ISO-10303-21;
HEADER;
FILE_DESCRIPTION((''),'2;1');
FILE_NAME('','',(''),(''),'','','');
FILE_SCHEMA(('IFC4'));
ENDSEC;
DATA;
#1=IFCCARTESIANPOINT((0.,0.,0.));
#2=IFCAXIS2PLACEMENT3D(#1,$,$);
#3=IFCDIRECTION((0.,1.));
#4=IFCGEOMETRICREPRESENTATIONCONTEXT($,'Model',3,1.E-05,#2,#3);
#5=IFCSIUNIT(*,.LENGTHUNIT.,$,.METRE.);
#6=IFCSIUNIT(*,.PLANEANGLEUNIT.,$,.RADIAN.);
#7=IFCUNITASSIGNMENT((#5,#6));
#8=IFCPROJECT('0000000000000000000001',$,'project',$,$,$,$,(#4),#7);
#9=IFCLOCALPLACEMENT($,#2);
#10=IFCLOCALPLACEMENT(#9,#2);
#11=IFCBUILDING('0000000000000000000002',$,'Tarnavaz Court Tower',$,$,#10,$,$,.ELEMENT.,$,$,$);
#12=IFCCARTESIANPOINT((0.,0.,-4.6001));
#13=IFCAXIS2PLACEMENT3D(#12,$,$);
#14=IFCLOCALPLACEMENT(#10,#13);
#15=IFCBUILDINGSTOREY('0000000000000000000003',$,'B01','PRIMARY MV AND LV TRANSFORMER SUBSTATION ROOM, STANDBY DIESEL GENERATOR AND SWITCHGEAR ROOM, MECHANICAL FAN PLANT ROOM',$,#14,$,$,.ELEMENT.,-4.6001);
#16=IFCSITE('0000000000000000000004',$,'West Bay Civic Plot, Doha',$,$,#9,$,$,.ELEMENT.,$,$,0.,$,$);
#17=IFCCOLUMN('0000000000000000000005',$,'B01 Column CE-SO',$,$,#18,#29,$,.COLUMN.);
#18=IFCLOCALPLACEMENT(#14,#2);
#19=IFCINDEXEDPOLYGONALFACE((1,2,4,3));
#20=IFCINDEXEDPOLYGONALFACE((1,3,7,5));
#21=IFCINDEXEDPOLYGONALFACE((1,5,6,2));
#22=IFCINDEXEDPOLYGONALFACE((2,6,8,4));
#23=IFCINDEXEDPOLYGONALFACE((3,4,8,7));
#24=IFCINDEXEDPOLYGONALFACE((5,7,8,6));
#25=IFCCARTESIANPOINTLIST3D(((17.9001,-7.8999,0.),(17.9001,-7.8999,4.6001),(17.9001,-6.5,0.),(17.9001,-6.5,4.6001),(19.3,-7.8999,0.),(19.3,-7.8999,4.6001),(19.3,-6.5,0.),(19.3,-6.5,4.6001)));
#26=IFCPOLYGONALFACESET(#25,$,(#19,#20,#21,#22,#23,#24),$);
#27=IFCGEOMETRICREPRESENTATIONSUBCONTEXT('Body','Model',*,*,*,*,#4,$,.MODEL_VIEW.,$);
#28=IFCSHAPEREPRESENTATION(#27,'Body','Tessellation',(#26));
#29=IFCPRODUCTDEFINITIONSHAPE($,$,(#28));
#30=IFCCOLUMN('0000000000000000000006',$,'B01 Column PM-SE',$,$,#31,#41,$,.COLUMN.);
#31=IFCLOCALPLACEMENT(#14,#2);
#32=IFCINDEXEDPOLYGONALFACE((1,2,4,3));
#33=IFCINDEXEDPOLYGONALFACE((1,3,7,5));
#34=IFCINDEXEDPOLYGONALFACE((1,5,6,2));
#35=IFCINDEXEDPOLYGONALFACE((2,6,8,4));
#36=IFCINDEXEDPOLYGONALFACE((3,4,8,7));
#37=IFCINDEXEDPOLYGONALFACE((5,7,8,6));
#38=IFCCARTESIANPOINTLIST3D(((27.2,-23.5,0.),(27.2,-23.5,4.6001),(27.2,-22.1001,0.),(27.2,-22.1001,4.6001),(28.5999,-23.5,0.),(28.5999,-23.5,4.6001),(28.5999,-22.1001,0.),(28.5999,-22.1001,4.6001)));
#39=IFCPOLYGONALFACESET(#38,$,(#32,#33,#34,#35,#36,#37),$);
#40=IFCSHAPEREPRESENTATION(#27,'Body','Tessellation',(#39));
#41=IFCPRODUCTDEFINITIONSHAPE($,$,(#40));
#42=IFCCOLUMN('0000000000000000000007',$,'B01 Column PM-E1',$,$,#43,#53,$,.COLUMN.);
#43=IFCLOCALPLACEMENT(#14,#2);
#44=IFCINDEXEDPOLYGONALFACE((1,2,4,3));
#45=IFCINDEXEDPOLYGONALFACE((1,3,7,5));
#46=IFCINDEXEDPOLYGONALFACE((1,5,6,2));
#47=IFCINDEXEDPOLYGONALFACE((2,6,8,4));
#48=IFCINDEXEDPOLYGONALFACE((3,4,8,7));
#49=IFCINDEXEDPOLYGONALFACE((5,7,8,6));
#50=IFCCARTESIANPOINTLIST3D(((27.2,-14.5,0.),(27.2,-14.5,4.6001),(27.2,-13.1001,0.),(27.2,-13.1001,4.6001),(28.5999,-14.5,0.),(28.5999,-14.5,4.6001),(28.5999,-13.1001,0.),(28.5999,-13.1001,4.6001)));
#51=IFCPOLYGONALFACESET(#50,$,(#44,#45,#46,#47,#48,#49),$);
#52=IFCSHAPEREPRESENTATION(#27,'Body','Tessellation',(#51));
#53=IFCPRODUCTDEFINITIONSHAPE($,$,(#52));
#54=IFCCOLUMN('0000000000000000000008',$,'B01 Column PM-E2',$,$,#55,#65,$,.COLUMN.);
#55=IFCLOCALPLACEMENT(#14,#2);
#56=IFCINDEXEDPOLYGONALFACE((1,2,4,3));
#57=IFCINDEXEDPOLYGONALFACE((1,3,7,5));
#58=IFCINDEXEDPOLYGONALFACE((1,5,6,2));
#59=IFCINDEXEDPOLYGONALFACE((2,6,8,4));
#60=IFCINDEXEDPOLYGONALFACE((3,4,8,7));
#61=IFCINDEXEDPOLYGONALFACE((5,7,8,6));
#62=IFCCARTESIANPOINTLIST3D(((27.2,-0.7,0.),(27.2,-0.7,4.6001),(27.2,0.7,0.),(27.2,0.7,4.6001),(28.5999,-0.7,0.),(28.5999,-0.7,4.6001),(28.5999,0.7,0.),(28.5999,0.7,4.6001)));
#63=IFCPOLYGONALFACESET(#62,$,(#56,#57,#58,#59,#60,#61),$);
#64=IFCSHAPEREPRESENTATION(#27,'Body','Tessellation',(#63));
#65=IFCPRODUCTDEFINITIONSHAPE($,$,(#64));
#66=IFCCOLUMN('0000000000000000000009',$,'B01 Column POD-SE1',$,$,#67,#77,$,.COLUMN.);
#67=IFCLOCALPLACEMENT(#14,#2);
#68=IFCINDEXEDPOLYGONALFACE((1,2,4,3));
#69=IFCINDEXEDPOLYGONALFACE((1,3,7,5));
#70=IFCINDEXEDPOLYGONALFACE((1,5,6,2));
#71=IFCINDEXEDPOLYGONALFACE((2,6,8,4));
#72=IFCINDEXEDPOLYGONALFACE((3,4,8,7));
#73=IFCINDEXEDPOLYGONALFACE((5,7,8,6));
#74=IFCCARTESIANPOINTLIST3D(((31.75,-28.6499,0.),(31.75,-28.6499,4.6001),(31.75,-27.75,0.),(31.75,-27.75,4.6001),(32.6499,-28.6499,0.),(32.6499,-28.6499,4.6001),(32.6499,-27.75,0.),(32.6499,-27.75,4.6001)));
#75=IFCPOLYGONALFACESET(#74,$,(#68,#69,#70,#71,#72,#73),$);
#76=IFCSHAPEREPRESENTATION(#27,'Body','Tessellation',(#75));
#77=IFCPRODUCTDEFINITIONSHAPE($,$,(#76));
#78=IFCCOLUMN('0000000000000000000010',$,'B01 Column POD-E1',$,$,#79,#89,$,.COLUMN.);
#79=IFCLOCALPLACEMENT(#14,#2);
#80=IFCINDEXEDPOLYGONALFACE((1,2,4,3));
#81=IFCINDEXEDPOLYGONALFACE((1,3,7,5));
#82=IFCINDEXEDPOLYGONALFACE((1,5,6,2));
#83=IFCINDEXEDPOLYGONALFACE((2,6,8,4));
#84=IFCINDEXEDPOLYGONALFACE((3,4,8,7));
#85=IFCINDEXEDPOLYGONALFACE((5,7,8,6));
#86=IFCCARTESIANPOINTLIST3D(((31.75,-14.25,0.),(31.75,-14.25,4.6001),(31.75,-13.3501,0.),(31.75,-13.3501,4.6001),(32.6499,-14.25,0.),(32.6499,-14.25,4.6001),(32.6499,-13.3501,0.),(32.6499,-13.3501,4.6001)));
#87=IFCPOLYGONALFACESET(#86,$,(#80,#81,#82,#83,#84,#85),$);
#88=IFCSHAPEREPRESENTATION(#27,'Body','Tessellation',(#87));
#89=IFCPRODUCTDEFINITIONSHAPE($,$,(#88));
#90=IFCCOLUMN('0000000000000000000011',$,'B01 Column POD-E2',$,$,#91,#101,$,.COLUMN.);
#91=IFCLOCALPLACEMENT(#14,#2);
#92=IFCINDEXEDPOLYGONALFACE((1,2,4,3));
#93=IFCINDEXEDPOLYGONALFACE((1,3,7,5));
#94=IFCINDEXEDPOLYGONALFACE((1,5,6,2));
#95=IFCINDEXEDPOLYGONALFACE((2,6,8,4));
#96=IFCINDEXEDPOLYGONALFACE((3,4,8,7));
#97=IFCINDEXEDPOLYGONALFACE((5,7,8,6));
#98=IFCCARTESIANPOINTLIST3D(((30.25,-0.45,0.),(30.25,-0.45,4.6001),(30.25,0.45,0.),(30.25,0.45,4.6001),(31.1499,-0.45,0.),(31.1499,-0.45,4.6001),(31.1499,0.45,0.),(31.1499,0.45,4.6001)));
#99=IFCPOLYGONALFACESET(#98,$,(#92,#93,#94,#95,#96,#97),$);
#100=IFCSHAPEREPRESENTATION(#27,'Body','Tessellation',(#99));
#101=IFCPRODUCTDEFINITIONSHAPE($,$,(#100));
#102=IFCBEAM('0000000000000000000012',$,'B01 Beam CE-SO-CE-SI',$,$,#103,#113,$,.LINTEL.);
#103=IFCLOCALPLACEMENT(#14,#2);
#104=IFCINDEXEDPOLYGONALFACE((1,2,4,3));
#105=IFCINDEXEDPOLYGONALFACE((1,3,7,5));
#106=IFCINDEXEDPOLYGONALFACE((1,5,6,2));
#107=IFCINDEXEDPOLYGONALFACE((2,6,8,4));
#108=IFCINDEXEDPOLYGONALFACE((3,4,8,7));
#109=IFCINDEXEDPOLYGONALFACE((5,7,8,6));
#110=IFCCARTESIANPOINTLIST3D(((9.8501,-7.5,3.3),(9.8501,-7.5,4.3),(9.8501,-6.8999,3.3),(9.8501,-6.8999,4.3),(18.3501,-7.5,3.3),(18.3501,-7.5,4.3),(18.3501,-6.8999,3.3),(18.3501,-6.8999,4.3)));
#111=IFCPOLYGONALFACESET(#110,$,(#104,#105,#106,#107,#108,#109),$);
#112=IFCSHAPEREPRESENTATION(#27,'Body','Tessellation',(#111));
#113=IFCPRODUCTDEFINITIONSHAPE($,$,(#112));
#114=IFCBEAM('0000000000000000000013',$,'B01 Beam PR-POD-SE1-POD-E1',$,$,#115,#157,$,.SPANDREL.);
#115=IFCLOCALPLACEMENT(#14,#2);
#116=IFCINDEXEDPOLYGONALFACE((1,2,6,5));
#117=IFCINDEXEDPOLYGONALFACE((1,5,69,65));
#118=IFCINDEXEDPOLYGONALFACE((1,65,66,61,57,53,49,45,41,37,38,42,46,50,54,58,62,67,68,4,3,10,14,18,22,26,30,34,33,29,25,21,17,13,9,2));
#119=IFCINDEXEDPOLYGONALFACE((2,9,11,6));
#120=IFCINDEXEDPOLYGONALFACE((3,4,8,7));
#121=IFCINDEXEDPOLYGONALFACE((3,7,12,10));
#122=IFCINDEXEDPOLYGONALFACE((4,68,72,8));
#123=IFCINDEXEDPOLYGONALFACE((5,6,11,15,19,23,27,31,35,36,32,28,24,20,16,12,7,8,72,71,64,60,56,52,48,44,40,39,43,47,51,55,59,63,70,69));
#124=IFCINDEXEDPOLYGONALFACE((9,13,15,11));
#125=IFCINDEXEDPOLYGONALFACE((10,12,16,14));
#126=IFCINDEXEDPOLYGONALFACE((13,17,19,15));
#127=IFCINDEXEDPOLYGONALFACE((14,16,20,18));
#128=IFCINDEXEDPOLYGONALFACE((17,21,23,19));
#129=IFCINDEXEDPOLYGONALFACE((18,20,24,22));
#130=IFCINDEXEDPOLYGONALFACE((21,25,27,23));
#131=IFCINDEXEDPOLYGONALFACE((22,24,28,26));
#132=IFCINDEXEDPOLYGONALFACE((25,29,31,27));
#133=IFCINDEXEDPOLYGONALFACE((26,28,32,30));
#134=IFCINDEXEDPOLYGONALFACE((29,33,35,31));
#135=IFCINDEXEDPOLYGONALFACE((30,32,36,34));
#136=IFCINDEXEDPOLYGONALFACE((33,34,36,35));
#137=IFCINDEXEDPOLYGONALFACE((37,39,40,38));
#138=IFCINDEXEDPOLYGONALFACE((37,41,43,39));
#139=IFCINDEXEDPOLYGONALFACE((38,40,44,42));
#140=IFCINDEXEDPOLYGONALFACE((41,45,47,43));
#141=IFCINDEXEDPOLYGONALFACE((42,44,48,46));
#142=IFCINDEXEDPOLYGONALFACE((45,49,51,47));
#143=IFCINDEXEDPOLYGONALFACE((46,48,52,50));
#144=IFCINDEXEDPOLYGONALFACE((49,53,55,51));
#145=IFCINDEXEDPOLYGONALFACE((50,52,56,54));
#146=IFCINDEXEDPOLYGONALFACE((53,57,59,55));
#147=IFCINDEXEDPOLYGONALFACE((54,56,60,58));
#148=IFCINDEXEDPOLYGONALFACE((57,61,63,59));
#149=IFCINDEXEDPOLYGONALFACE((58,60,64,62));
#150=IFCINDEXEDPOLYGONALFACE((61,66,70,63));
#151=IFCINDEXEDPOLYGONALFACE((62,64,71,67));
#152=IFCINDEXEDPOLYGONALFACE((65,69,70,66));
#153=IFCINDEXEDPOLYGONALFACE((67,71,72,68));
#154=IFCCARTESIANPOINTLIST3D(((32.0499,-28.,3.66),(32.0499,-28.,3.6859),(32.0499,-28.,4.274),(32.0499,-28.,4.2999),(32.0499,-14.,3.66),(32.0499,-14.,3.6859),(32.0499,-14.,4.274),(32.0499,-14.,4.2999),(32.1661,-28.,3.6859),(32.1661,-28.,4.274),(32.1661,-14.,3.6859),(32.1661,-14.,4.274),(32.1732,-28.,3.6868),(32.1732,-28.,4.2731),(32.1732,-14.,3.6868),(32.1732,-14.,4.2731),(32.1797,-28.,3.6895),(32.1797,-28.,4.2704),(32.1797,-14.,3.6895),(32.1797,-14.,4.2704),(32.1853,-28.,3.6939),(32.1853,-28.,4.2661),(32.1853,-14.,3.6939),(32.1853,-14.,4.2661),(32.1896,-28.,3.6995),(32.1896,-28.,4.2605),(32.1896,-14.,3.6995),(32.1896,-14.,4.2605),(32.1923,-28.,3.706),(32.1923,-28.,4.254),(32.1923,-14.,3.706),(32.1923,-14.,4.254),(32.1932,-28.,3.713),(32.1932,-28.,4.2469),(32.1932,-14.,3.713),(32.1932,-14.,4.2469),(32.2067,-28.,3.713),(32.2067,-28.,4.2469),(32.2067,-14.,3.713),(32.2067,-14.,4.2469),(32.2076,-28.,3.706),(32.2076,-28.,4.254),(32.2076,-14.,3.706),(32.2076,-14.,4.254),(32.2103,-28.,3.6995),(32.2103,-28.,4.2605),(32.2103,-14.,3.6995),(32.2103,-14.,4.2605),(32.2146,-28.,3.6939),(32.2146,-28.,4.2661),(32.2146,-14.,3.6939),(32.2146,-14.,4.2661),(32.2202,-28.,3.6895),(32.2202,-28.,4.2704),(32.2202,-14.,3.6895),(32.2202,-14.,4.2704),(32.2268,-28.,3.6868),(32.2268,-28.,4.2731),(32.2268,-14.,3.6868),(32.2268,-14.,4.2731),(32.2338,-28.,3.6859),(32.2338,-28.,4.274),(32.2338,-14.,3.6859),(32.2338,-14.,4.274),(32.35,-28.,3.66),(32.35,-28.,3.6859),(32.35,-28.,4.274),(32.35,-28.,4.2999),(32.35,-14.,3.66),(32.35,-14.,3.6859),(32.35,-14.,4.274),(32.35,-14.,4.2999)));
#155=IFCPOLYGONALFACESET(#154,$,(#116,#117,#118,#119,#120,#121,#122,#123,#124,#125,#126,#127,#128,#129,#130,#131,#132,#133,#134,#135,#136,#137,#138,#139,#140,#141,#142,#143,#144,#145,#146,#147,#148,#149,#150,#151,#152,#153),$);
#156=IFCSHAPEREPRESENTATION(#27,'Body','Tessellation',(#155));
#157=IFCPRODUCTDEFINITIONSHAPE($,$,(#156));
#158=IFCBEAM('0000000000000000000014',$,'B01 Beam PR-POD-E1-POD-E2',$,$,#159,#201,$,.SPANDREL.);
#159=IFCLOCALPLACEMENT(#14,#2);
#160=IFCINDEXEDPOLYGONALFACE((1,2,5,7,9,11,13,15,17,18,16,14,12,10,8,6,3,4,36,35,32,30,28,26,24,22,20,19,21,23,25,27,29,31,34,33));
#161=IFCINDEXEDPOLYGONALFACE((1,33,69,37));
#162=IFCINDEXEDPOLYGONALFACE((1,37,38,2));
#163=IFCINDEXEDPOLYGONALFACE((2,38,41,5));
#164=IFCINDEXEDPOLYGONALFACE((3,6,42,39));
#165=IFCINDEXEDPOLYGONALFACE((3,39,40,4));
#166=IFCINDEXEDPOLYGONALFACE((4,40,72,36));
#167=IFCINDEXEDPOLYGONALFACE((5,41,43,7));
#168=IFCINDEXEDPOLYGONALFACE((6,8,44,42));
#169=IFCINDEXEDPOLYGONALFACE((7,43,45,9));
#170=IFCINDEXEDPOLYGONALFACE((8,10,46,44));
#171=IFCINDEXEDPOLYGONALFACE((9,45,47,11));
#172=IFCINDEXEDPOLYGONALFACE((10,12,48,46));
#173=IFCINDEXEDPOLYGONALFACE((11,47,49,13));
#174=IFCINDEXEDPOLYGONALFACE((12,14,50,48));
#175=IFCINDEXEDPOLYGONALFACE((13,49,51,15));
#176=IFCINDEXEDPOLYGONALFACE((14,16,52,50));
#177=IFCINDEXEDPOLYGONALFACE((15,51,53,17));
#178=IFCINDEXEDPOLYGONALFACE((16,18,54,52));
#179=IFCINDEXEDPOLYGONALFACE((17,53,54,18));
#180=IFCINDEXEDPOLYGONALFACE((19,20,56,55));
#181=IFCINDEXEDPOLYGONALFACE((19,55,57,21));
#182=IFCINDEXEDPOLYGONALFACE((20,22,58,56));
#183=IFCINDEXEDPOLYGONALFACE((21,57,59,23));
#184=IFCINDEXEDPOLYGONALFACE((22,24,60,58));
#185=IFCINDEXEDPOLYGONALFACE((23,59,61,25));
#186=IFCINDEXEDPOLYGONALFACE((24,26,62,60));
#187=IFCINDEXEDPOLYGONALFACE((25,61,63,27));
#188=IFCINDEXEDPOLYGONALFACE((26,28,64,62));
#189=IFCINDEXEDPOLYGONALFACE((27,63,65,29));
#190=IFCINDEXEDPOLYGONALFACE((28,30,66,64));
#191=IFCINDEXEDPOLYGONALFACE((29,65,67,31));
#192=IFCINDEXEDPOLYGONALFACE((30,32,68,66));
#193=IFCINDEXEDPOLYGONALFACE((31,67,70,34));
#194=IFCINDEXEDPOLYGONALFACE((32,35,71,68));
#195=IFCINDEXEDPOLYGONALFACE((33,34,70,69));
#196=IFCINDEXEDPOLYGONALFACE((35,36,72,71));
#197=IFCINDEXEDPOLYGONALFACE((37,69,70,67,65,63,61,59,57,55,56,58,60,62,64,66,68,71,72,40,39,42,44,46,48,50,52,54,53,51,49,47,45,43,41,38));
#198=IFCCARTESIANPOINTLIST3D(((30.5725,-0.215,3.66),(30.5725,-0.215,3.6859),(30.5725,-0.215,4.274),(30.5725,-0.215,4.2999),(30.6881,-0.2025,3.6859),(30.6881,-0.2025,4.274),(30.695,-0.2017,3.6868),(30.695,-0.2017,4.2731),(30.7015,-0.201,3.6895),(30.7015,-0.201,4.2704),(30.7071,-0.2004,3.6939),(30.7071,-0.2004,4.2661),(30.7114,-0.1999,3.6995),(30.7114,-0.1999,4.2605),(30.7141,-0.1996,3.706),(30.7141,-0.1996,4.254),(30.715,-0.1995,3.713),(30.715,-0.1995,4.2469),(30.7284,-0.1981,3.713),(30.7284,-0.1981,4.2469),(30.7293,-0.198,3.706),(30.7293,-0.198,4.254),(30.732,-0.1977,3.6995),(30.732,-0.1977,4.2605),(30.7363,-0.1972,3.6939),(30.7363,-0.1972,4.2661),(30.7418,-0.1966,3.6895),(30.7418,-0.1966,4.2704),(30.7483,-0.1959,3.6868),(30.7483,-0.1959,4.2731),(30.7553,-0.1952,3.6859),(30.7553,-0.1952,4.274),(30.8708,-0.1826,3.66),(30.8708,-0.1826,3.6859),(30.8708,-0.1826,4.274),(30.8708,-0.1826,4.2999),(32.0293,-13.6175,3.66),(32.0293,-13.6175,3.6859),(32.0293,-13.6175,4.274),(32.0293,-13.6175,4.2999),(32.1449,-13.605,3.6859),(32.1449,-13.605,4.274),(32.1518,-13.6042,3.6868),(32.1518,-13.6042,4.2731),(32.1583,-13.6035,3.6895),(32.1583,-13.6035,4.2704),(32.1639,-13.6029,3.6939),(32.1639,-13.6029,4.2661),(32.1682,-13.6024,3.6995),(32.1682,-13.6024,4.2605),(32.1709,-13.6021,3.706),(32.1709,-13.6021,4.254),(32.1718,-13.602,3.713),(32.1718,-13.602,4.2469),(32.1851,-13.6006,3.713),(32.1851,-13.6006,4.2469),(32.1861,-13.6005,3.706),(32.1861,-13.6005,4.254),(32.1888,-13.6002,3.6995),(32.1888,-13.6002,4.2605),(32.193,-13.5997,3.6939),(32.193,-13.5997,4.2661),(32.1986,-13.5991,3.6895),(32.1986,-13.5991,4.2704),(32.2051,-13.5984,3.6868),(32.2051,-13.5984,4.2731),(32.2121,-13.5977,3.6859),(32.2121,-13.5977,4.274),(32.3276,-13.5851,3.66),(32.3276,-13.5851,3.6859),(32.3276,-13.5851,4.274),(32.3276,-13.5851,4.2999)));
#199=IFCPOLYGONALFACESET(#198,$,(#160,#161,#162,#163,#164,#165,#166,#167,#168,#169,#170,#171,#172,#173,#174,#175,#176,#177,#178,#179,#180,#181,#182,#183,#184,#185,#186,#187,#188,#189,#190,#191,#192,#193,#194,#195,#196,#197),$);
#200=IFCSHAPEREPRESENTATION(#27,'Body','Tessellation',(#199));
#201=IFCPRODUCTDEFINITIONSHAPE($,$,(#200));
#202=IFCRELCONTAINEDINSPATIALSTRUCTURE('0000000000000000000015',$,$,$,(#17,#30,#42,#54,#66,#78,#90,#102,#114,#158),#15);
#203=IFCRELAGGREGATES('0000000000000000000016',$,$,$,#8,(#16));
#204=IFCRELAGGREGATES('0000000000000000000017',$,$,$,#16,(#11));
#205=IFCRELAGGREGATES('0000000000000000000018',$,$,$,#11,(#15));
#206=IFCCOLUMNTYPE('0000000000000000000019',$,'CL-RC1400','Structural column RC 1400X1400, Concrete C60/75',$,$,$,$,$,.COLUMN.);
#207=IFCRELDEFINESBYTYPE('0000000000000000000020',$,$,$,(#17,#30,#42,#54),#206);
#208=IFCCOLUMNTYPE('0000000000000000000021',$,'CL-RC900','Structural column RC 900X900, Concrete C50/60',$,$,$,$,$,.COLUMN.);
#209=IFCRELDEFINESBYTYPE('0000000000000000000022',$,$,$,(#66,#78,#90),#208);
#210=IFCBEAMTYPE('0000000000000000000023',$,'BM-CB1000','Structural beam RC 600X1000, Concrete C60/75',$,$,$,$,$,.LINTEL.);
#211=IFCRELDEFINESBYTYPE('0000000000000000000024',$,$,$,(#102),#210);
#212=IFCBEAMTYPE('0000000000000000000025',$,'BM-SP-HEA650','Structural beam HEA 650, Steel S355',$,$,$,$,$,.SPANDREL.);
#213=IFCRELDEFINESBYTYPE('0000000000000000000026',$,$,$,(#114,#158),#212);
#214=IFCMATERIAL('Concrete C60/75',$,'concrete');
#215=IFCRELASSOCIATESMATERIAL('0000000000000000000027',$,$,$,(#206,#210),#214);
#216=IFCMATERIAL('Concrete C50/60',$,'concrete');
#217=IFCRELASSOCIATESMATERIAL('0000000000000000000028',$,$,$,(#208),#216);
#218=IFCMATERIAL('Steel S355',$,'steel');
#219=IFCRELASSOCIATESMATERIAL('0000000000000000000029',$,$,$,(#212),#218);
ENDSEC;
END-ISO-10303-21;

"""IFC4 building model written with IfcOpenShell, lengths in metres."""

from ifc_helpers import new_model, si_unit, direction, frame, origin, origin_2d, place, context, subcontext, project, spatial, rectangle, i_section, extrude, material, material_profile, profile_set, type_object, element, save


model = new_model("IFC4")

# Units and contexts
model_context = context("Model", 3, precision=1e-05, world=origin(), true_north=direction((0.0, 1.0)))
body_context = subcontext(model_context, "Body", "Model", "MODEL_VIEW")
ifc_project = project(units=[si_unit("LENGTHUNIT", "METRE"), si_unit("PLANEANGLEUNIT", "RADIAN")], contexts=[model_context])

# Site, building, storey
site_placement = place(None, origin())
site = spatial("IfcSite", under=ifc_project, at=site_placement, Name="West Bay Civic Plot, Doha", CompositionType="ELEMENT", RefElevation=0.0)
building_placement = place(site_placement, origin())
building = spatial("IfcBuilding", under=site, at=building_placement, Name="Tarnavaz Court Tower", CompositionType="ELEMENT")
storey_placement = place(building_placement, frame((0.0, 0.0, -4.6001)))
storey = spatial("IfcBuildingStorey", under=building, at=storey_placement, Name="B01", Description="PRIMARY MV AND LV TRANSFORMER SUBSTATION ROOM, STANDBY DIESEL GENERATOR AND SWITCHGEAR ROOM, MECHANICAL FAN PLANT ROOM", CompositionType="ELEMENT", Elevation=-4.6001)

# Columns
ifc_material_1 = material(Name="Concrete C60/75", Category="concrete")
ifc_material_profile_1 = material_profile(ifc_material_1, rectangle(XDim=1.3999, YDim=1.3999, at=origin_2d()), Name="RC 1400X1400")
ifc_profile_set_1 = profile_set([ifc_material_profile_1], Name="Concrete C60/75")
column_type_1 = type_object("IfcColumnType", Name="CL-RC1400", Description="Structural column RC 1400X1400, Concrete C60/75", PredefinedType="COLUMN", material=ifc_profile_set_1)
for number, where, z_axis, x_axis, name in (
    (1, (18.6001, -7.2, 0.0), (0.0, 0.0, 1.0), (1.0, 0.0, 0.0), "B01 Column CE-SO"),
    (2, (27.8999, -22.8, 0.0), (0.0, 0.0, 1.0), (1.0, 0.0, 0.0), "B01 Column PM-SE"),
    (3, (27.8999, -13.8, 0.0), (0.0, 0.0, 1.0), (1.0, 0.0, 0.0), "B01 Column PM-E1"),
    (4, (27.8999, 0.0, 0.0), (0.0, 0.0, 1.0), (1.0, 0.0, 0.0), "B01 Column PM-E2"),
):
    element("IfcColumn", number, at=place(storey_placement, frame(where, z_axis=z_axis, x_axis=x_axis)), inside=storey, type_object=column_type_1, Name=name, PredefinedType="COLUMN", context=body_context, shape_type="SweptSolid", body=[
        extrude(rectangle(XDim=1.3999, YDim=1.3999, at=origin_2d()), origin(), (0.0, 0.0, 1.0), 4.6001),
    ])
ifc_material_2 = material(Name="Concrete C50/60", Category="concrete")
ifc_material_profile_2 = material_profile(ifc_material_2, rectangle(XDim=0.8999, YDim=0.8999, at=origin_2d()), Name="RC 900X900")
ifc_profile_set_2 = profile_set([ifc_material_profile_2], Name="Concrete C50/60")
column_type_2 = type_object("IfcColumnType", Name="CL-RC900", Description="Structural column RC 900X900, Concrete C50/60", PredefinedType="COLUMN", material=ifc_profile_set_2)
for number, where, z_axis, x_axis, name in (
    (5, (32.2, -28.2, 0.0), (0.0, 0.0, 1.0), (1.0, 0.0, 0.0), "B01 Column POD-SE1"),
    (6, (32.2, -13.8, 0.0), (0.0, 0.0, 1.0), (1.0, 0.0, 0.0), "B01 Column POD-E1"),
    (7, (30.7, 0.0, 0.0), (0.0, 0.0, 1.0), (1.0, 0.0, 0.0), "B01 Column POD-E2"),
):
    element("IfcColumn", number, at=place(storey_placement, frame(where, z_axis=z_axis, x_axis=x_axis)), inside=storey, type_object=column_type_2, Name=name, PredefinedType="COLUMN", context=body_context, shape_type="SweptSolid", body=[
        extrude(rectangle(XDim=0.8999, YDim=0.8999, at=origin_2d()), origin(), (0.0, 0.0, 1.0), 4.6001),
    ])

# Beams
ifc_material_profile_3 = material_profile(ifc_material_1, rectangle(XDim=0.6001, YDim=1.0, at=origin_2d()), Name="RC 600X1000")
ifc_profile_set_3 = profile_set([ifc_material_profile_3], Name="Concrete C60/75")
beam_type_1 = type_object("IfcBeamType", Name="BM-CB1000", Description="Structural beam RC 600X1000, Concrete C60/75", PredefinedType="LINTEL", material=ifc_profile_set_3)
beam_1_placement = place(storey_placement, frame((18.3501, -7.2, 3.8), z_axis=(-1.0, 0.0, 0.0), x_axis=(0.0, -1.0, 0.0)))
element("IfcBeam", 8, at=beam_1_placement, inside=storey, type_object=beam_type_1, Name="B01 Beam CE-SO-CE-SI", PredefinedType="LINTEL", context=body_context, shape_type="SweptSolid", body=[
    extrude(rectangle(XDim=0.6001, YDim=1.0, at=origin_2d()), origin(), (0.0, 0.0, 1.0), 8.5),
])
ifc_material_3 = material(Name="Steel S355", Category="steel")
ifc_material_profile_4 = material_profile(ifc_material_3, i_section(OverallWidth=0.3, OverallDepth=0.6399, WebThickness=0.0134, FlangeThickness=0.0259, FilletRadius=0.0271, at=origin_2d()), Name="HEA 650")
ifc_profile_set_4 = profile_set([ifc_material_profile_4], Name="Steel S355")
beam_type_2 = type_object("IfcBeamType", Name="BM-SP-HEA650", Description="Structural beam HEA 650, Steel S355", PredefinedType="SPANDREL", material=ifc_profile_set_4)
beam_2_placement = place(storey_placement, frame((32.2, -28.0, 3.98), z_axis=(0.0, 1.0, 0.0), x_axis=(-1.0, 0.0, 0.0)))
element("IfcBeam", 9, at=beam_2_placement, inside=storey, type_object=beam_type_2, Name="B01 Beam PR-POD-SE1-POD-E1", PredefinedType="SPANDREL", context=body_context, shape_type="SweptSolid", body=[
    extrude(i_section(OverallWidth=0.3, OverallDepth=0.6399, WebThickness=0.0134, FlangeThickness=0.0259, FilletRadius=0.0271, at=origin_2d()), origin(), (0.0, 0.0, 1.0), 14.0),
])
beam_3_placement = place(storey_placement, frame((32.1785, -13.6013, 3.98), z_axis=(-0.108058, 0.994145, 0.0), x_axis=(-0.994145, -0.108058, 0.0)))
element("IfcBeam", 10, at=beam_3_placement, inside=storey, type_object=beam_type_2, Name="B01 Beam PR-POD-E1-POD-E2", PredefinedType="SPANDREL", context=body_context, shape_type="SweptSolid", body=[
    extrude(i_section(OverallWidth=0.3, OverallDepth=0.6399, WebThickness=0.0134, FlangeThickness=0.0259, FilletRadius=0.0271, at=origin_2d()), origin(), (0.0, 0.0, 1.0), 13.4814),
])

save(model, "model.ifc")
